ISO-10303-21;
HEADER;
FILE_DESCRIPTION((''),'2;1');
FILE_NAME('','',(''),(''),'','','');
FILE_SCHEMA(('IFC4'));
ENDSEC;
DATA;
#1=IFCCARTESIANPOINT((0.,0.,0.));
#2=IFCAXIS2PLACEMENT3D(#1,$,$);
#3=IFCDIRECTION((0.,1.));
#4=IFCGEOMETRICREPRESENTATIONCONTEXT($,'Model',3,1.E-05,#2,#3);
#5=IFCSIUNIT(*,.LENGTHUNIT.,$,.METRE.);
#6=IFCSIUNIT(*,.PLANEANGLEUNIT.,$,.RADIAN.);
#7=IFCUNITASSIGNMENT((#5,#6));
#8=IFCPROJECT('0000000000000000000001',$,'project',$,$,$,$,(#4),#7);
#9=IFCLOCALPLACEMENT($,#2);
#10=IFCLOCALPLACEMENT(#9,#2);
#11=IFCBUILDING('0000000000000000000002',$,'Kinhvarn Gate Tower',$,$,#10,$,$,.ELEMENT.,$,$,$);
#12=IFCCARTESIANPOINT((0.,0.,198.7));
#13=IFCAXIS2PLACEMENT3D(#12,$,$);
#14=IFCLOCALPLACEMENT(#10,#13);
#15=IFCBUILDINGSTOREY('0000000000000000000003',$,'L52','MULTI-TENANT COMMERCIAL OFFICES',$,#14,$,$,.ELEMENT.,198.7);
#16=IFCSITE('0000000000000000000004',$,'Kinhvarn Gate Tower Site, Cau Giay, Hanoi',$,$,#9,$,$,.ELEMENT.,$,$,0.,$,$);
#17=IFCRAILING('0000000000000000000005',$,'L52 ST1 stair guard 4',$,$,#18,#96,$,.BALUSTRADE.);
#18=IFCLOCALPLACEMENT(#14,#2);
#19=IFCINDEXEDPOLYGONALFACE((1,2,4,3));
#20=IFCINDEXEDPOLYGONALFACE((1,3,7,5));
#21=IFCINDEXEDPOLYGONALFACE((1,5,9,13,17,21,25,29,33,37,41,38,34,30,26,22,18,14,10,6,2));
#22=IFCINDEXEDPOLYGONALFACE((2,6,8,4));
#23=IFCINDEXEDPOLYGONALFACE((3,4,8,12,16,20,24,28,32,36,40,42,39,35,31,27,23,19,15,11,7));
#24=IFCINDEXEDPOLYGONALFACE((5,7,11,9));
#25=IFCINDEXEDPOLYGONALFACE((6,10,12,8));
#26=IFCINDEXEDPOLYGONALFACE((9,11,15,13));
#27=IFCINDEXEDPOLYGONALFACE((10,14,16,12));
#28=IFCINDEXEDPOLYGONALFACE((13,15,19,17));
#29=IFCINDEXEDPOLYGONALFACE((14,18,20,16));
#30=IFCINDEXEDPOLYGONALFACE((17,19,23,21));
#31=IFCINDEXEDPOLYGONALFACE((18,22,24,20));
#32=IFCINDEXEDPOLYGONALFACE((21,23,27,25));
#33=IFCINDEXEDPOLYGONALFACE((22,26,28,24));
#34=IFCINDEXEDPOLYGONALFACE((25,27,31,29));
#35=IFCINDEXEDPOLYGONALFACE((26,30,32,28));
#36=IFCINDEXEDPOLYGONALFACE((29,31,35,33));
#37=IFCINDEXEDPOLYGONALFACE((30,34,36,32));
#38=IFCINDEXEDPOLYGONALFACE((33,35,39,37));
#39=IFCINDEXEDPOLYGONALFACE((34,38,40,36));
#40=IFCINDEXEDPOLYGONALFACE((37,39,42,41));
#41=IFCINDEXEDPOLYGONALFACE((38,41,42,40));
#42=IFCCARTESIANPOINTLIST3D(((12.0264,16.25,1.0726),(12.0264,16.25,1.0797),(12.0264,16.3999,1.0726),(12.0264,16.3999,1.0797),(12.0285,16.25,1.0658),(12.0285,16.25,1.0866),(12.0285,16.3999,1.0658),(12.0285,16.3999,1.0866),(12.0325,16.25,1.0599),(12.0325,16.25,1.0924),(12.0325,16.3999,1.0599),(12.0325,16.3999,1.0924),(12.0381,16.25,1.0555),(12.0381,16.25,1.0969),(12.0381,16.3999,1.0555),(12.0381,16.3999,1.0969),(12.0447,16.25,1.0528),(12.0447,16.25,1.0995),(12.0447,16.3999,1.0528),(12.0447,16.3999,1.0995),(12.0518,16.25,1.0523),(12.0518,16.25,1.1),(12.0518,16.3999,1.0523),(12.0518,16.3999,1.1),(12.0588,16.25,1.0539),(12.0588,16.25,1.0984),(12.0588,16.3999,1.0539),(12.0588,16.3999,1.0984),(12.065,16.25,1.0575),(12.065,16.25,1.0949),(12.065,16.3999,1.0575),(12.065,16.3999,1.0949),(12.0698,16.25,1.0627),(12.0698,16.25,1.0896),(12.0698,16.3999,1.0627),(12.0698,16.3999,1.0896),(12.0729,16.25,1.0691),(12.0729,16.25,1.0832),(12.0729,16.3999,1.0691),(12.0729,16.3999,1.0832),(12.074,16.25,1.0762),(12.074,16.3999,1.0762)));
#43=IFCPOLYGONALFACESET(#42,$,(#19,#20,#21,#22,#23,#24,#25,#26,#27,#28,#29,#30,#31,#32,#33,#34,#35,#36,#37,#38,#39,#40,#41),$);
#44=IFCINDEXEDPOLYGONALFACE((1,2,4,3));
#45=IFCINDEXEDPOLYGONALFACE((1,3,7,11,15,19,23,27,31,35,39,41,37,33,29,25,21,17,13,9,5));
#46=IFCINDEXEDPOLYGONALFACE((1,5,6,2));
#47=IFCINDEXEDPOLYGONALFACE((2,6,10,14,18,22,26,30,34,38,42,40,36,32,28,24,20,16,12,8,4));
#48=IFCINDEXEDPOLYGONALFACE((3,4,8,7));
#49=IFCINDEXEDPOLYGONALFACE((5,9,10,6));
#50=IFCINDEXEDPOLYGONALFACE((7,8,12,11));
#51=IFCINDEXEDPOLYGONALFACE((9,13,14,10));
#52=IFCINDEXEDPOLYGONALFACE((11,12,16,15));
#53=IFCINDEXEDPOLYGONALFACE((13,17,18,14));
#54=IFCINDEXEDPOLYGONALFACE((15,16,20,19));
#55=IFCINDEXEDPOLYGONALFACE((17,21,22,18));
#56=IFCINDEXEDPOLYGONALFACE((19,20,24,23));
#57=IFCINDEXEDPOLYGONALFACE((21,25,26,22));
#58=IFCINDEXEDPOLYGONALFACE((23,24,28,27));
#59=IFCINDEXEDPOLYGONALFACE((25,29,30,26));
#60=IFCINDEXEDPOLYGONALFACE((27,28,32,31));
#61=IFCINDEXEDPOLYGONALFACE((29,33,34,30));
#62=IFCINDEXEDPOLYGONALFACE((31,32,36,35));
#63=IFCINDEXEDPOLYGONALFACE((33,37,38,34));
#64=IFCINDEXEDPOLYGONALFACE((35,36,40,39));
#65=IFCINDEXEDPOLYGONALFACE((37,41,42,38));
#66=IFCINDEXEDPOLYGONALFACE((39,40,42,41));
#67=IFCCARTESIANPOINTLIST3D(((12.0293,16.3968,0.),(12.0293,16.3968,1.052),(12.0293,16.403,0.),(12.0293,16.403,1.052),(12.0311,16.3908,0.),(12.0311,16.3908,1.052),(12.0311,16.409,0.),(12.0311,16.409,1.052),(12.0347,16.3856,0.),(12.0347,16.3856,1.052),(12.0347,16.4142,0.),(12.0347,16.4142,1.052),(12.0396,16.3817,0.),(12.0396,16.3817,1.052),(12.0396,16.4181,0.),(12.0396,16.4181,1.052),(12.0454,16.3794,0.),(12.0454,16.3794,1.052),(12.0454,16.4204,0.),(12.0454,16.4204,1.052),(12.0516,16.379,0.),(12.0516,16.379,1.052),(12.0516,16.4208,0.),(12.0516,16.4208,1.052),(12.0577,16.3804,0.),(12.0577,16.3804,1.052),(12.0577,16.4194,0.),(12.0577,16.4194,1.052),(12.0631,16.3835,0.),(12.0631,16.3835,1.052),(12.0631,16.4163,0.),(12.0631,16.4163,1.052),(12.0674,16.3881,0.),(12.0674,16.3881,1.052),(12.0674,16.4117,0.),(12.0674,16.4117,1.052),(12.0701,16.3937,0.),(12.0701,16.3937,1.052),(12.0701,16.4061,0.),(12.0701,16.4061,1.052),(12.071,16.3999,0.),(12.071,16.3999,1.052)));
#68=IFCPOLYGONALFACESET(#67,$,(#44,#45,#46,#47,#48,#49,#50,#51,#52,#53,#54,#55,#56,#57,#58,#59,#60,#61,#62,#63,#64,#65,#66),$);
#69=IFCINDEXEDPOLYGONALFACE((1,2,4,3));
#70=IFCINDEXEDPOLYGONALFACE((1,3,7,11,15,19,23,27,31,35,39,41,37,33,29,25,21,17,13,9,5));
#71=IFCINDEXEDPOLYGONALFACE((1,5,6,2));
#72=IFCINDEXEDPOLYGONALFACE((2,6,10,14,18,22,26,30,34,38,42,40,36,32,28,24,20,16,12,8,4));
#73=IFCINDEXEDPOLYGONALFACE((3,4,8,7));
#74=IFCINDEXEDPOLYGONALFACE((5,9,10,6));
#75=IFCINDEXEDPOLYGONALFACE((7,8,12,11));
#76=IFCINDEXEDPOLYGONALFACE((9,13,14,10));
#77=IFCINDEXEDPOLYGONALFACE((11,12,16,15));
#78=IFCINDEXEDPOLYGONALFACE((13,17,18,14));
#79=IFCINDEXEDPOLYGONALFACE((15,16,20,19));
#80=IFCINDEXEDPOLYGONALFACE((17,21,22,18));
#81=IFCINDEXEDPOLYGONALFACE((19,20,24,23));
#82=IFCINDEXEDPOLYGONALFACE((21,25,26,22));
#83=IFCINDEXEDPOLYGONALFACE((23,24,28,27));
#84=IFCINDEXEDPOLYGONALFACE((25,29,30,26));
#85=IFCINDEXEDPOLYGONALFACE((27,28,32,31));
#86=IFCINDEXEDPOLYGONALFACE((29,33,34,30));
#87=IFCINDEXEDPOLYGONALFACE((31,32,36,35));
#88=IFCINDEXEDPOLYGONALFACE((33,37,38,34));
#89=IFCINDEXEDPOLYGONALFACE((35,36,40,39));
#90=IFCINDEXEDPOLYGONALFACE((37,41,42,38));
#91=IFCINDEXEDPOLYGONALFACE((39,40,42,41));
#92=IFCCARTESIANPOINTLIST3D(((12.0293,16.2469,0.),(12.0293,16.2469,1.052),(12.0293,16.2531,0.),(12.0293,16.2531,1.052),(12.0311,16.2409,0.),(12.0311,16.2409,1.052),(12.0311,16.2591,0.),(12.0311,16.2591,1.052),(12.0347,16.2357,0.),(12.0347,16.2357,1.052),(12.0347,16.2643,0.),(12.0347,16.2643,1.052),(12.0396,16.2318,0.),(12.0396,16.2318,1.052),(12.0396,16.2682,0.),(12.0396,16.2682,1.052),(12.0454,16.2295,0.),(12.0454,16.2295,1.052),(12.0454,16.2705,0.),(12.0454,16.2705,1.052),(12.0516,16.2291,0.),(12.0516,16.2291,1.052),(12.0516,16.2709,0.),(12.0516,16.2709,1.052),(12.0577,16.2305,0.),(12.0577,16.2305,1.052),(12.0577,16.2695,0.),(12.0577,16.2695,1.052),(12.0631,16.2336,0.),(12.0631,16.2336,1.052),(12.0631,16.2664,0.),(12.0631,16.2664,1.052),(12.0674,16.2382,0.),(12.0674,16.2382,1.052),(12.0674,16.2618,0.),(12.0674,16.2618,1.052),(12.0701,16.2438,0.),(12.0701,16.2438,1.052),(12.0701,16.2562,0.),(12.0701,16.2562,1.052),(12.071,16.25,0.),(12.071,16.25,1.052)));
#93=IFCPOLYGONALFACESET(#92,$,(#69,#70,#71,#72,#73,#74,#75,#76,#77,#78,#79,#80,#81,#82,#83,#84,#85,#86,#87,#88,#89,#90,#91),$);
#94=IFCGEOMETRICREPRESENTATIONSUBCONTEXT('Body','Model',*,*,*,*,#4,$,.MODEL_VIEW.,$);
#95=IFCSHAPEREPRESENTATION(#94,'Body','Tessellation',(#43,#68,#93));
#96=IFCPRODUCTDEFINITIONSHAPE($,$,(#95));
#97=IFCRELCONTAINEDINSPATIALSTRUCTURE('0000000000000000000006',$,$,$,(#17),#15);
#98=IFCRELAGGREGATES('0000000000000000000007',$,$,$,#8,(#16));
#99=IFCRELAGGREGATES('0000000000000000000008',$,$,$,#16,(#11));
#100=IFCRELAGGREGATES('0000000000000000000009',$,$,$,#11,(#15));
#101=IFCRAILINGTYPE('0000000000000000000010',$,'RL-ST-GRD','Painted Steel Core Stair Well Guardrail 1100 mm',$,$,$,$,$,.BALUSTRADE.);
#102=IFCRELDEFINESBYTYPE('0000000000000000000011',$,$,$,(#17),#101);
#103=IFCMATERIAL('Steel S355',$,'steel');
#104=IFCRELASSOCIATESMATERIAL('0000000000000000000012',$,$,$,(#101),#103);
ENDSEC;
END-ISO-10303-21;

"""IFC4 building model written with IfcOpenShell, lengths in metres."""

from ifc_helpers import new_model, si_unit, direction, frame, origin, origin_2d, place, context, subcontext, project, spatial, circle, extrude, material, type_object, element, save


model = new_model("IFC4")

# Units and contexts
model_context = context("Model", 3, precision=1e-05, world=origin(), true_north=direction((0.0, 1.0)))
body_context = subcontext(model_context, "Body", "Model", "MODEL_VIEW")
ifc_project = project(units=[si_unit("LENGTHUNIT", "METRE"), si_unit("PLANEANGLEUNIT", "RADIAN")], contexts=[model_context])

# Site, building, storey
site_placement = place(None, origin())
site = spatial("IfcSite", under=ifc_project, at=site_placement, Name="Kinhvarn Gate Tower Site, Cau Giay, Hanoi", CompositionType="ELEMENT", RefElevation=0.0)
building_placement = place(site_placement, origin())
building = spatial("IfcBuilding", under=site, at=building_placement, Name="Kinhvarn Gate Tower", CompositionType="ELEMENT")
storey_placement = place(building_placement, frame((0.0, 0.0, 198.7)))
storey = spatial("IfcBuildingStorey", under=building, at=storey_placement, Name="L52", Description="MULTI-TENANT COMMERCIAL OFFICES", CompositionType="ELEMENT", Elevation=198.7)

# Shared definitions
ifc_material_1 = material(Name="Steel S355", Category="steel")

# Railing
railing_type_1 = type_object("IfcRailingType", Name="RL-ST-GRD", Description="Painted Steel Core Stair Well Guardrail 1100 mm", PredefinedType="BALUSTRADE", material=ifc_material_1)
railing_1_placement = place(storey_placement, frame((12.05, 16.3999, 0.0)))
element("IfcRailing", 1, at=railing_1_placement, inside=storey, type_object=railing_type_1, Name="L52 ST1 stair guard 4", PredefinedType="BALUSTRADE", context=body_context, shape_type="SweptSolid", body=[
    extrude(circle(Radius=0.0239, at=origin_2d()), frame((0.0, 0.0, 1.0762), z_axis=(0.0, -1.0, 0.0), x_axis=(1.0, 0.0, 0.0)), (0.0, 0.0, 1.0), 0.1499),
    extrude(circle(Radius=0.021, at=origin_2d()), origin(), (0.0, 0.0, 1.0), 1.052),
    extrude(circle(Radius=0.021, at=origin_2d()), frame((0.0, -0.1499, 0.0)), (0.0, 0.0, 1.0), 1.052),
])

save(model, "model.ifc")
